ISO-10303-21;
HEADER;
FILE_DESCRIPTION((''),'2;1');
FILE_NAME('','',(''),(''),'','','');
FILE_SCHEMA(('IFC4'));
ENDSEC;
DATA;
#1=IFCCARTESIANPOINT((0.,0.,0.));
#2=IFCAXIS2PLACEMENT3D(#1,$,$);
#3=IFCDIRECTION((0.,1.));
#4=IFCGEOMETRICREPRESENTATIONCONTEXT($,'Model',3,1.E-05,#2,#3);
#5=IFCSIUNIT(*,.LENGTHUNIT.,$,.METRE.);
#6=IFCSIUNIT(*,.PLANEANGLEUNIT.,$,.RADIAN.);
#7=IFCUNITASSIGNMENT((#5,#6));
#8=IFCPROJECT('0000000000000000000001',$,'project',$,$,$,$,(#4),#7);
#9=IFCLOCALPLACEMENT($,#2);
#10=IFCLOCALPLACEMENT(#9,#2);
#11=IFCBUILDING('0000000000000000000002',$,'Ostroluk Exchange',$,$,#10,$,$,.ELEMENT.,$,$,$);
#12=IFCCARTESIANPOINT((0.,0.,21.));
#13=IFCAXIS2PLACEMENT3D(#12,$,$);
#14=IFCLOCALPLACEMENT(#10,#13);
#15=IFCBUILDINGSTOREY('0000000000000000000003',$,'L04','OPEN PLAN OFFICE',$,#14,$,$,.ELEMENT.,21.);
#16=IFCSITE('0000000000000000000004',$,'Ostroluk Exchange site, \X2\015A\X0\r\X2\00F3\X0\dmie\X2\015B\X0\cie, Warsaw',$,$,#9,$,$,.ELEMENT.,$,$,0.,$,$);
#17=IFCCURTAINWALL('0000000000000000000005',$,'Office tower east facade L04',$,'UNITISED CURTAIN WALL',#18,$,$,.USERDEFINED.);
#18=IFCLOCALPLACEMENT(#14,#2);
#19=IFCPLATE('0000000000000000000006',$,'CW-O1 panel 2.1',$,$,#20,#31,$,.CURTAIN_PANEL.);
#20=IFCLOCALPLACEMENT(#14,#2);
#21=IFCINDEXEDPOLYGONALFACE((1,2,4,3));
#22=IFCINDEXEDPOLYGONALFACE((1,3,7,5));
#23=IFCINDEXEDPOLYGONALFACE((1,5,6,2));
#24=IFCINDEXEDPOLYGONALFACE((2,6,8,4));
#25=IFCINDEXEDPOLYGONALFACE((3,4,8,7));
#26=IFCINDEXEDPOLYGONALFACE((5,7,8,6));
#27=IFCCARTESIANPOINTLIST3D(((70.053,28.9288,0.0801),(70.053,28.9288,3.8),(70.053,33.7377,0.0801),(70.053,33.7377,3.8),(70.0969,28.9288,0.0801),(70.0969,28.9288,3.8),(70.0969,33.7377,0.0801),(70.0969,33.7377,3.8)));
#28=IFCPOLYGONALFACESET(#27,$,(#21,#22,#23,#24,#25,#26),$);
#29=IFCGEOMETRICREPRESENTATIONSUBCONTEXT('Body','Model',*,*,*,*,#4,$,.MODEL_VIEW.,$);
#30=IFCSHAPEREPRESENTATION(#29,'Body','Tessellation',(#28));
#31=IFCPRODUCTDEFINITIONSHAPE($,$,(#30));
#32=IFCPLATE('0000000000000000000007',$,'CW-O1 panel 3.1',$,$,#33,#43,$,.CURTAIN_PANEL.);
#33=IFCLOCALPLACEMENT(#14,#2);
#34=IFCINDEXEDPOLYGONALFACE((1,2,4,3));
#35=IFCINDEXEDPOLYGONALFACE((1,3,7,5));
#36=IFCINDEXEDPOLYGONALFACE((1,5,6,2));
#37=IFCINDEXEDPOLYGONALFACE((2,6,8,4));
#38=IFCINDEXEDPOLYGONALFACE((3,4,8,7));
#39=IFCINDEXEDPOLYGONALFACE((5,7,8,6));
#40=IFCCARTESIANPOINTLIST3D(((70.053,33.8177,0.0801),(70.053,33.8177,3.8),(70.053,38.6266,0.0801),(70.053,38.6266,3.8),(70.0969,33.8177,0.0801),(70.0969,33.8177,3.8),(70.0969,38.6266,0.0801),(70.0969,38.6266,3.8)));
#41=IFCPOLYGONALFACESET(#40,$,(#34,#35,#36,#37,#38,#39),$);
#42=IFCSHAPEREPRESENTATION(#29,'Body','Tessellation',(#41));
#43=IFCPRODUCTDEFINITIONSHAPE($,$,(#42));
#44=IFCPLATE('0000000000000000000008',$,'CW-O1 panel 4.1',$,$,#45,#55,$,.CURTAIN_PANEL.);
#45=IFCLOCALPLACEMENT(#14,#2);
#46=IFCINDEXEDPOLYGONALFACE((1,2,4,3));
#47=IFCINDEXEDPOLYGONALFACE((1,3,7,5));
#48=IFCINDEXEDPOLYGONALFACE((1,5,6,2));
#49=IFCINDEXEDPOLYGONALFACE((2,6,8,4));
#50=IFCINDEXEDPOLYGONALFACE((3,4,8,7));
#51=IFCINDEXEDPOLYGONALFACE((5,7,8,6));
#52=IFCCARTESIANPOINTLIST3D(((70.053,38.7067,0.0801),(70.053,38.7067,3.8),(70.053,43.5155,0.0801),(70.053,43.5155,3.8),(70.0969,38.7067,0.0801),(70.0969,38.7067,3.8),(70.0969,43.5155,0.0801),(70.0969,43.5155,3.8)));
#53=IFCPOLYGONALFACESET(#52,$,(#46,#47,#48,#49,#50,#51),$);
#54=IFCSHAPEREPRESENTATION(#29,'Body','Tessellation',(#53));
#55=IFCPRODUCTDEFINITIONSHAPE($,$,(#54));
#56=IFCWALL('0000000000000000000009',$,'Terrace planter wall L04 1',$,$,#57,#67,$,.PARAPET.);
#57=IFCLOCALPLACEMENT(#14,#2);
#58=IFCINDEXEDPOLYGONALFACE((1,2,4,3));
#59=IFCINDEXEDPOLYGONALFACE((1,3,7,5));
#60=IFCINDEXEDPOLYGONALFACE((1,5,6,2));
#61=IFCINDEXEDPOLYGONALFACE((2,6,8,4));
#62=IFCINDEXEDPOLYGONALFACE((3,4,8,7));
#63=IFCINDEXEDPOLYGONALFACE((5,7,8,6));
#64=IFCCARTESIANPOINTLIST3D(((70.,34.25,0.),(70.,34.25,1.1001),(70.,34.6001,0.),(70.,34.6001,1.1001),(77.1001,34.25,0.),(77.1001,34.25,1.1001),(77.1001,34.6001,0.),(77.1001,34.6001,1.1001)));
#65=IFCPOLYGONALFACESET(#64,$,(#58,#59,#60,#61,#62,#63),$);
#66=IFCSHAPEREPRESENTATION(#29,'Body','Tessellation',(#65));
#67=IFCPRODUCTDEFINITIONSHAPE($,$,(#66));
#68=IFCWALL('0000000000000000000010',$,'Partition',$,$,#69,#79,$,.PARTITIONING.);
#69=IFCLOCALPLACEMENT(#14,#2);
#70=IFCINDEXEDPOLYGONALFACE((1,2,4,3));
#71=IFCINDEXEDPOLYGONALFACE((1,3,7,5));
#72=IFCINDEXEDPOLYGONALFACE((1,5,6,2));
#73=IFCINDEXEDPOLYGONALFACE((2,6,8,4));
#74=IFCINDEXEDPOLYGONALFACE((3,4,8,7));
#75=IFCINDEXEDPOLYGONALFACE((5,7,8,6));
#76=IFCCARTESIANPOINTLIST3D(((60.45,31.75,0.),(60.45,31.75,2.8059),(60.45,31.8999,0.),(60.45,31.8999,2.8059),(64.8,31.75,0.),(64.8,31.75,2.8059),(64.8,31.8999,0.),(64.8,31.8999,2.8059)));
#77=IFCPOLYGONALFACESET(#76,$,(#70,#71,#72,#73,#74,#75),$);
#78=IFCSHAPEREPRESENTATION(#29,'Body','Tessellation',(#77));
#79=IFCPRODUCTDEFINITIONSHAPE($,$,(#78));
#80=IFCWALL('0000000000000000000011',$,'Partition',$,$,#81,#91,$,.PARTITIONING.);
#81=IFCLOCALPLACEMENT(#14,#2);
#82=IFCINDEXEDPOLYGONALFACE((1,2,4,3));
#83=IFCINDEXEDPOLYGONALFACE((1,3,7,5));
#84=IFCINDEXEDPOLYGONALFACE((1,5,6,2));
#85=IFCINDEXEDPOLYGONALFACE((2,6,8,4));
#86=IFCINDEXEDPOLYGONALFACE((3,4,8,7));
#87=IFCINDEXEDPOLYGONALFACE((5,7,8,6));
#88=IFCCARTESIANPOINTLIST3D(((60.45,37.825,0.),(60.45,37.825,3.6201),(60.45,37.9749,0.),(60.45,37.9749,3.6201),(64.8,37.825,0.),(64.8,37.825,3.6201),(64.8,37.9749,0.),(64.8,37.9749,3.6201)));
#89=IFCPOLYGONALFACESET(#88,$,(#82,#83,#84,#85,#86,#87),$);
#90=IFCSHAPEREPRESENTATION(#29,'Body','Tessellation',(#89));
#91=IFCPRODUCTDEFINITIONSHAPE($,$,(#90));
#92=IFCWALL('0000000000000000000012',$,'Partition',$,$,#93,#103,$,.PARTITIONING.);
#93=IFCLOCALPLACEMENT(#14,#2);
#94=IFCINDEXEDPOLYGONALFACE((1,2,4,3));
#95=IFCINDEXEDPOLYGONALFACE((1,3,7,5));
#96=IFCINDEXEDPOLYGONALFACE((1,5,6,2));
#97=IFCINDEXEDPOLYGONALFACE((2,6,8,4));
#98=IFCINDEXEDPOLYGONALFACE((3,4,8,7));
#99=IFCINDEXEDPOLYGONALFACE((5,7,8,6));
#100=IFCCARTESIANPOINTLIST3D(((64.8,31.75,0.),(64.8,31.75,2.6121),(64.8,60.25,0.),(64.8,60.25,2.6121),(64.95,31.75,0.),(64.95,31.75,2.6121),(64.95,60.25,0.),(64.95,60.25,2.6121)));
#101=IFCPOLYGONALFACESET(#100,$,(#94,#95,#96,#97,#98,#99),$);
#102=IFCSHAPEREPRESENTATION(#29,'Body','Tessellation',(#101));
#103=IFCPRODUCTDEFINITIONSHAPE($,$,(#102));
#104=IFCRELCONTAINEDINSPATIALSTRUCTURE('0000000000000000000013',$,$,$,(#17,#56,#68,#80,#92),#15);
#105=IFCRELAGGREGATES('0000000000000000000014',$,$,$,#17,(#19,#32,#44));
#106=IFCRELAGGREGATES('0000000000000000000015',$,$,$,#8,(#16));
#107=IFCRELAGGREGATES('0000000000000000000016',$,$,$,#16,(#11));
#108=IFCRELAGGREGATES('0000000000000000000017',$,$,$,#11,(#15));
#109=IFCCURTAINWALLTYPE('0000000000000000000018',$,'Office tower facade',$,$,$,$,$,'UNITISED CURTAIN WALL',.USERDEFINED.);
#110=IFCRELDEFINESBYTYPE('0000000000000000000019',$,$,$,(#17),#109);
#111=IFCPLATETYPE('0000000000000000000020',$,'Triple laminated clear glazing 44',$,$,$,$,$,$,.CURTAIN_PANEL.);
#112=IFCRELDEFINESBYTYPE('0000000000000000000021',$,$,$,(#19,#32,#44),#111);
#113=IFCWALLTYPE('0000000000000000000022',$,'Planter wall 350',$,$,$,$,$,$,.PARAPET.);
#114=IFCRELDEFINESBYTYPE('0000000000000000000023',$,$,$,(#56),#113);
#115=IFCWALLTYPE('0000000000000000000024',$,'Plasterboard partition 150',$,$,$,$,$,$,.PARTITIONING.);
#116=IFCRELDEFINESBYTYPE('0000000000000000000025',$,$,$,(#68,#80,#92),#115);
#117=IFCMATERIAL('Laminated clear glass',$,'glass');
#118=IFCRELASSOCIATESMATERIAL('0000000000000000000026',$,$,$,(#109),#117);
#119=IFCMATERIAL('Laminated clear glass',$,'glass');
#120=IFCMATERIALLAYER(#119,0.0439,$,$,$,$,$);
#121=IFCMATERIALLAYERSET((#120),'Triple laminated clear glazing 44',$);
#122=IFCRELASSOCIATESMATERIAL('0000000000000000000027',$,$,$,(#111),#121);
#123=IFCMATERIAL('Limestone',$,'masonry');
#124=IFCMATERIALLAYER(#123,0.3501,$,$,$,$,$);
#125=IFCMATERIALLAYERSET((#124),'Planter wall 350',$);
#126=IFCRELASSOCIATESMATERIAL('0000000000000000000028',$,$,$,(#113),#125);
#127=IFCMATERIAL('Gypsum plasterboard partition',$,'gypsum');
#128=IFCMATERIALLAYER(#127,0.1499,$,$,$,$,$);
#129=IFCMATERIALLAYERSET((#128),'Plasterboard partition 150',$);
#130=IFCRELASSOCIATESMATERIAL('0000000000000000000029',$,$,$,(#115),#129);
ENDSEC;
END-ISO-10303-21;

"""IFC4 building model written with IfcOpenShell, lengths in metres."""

from ifc_helpers import new_model, si_unit, direction, frame, frame_2d, origin, origin_2d, place, context, subcontext, project, spatial, rectangle, extrude, material, layer, layer_set, type_object, element, aggregate, save


model = new_model("IFC4")

# Units and contexts
model_context = context("Model", 3, precision=1e-05, world=origin(), true_north=direction((0.0, 1.0)))
body_context = subcontext(model_context, "Body", "Model", "MODEL_VIEW")
ifc_project = project(units=[si_unit("LENGTHUNIT", "METRE"), si_unit("PLANEANGLEUNIT", "RADIAN")], contexts=[model_context])

# Site, building, storey
site_placement = place(None, origin())
site = spatial("IfcSite", under=ifc_project, at=site_placement, Name="Ostroluk Exchange site, Śródmieście, Warsaw", CompositionType="ELEMENT", RefElevation=0.0)
building_placement = place(site_placement, origin())
building = spatial("IfcBuilding", under=site, at=building_placement, Name="Ostroluk Exchange", CompositionType="ELEMENT")
storey_placement = place(building_placement, frame((0.0, 0.0, 21.0)))
storey = spatial("IfcBuildingStorey", under=building, at=storey_placement, Name="L04", Description="OPEN PLAN OFFICE", CompositionType="ELEMENT", Elevation=21.0)

# Curtain wall, plates
ifc_material_1 = material(Name="Laminated clear glass", Category="glass")
curtain_wall_type = type_object("IfcCurtainWallType", Name="Office tower facade", ElementType="UNITISED CURTAIN WALL", PredefinedType="USERDEFINED", material=ifc_material_1)
curtain_wall_placement = place(storey_placement, origin())
curtain_wall = element("IfcCurtainWall", 1, at=curtain_wall_placement, inside=storey, type_object=curtain_wall_type, Name="Office tower east facade L04", ObjectType="UNITISED CURTAIN WALL", PredefinedType="USERDEFINED")
ifc_material_2 = material(Name="Laminated clear glass", Category="glass")
ifc_layer_1 = layer(ifc_material_2, 0.0439)
ifc_layer_set_1 = layer_set([ifc_layer_1], Name="Triple laminated clear glazing 44")
plate_type = type_object("IfcPlateType", Name="Triple laminated clear glazing 44", PredefinedType="CURTAIN_PANEL", material=ifc_layer_set_1)
plate_1_placement = place(storey_placement, frame((70.075, 31.3333, 0.0801), z_axis=(0.0, 0.0, 1.0), x_axis=(0.0, 1.0, 0.0)))
plate_1 = element("IfcPlate", 2, at=plate_1_placement, type_object=plate_type, Name="CW-O1 panel 2.1", PredefinedType="CURTAIN_PANEL", context=body_context, shape_type="SweptSolid", body=[
    extrude(rectangle(XDim=4.8088, YDim=0.0439, at=origin_2d()), origin(), (0.0, 0.0, 1.0), 3.72),
])
plate_2_placement = place(storey_placement, frame((70.075, 36.2222, 0.0801), z_axis=(0.0, 0.0, 1.0), x_axis=(0.0, 1.0, 0.0)))
plate_2 = element("IfcPlate", 3, at=plate_2_placement, type_object=plate_type, Name="CW-O1 panel 3.1", PredefinedType="CURTAIN_PANEL", context=body_context, shape_type="SweptSolid", body=[
    extrude(rectangle(XDim=4.8088, YDim=0.0439, at=origin_2d()), origin(), (0.0, 0.0, 1.0), 3.72),
])
plate_3_placement = place(storey_placement, frame((70.075, 41.1111, 0.0801), z_axis=(0.0, 0.0, 1.0), x_axis=(0.0, 1.0, 0.0)))
plate_3 = element("IfcPlate", 4, at=plate_3_placement, type_object=plate_type, Name="CW-O1 panel 4.1", PredefinedType="CURTAIN_PANEL", context=body_context, shape_type="SweptSolid", body=[
    extrude(rectangle(XDim=4.8088, YDim=0.0439, at=origin_2d()), origin(), (0.0, 0.0, 1.0), 3.72),
])
aggregate(curtain_wall, [plate_1, plate_2, plate_3])

# Walls
ifc_material_3 = material(Name="Limestone", Category="masonry")
ifc_layer_2 = layer(ifc_material_3, 0.3501)
ifc_layer_set_2 = layer_set([ifc_layer_2], Name="Planter wall 350")
wall_type_1 = type_object("IfcWallType", Name="Planter wall 350", PredefinedType="PARAPET", material=ifc_layer_set_2)
wall_1_placement = place(storey_placement, frame((70.0, 34.425, 0.0), z_axis=(0.0, 0.0, 1.0), x_axis=(1.0, 0.0, 0.0)))
element("IfcWall", 5, at=wall_1_placement, inside=storey, type_object=wall_type_1, Name="Terrace planter wall L04 1", PredefinedType="PARAPET", context=body_context, shape_type="SweptSolid", body=[
    extrude(rectangle(XDim=7.1001, YDim=0.3501, at=frame_2d((3.55, 0.0))), origin(), (0.0, 0.0, 1.0), 1.1001),
])
ifc_material_4 = material(Name="Gypsum plasterboard partition", Category="gypsum")
ifc_layer_3 = layer(ifc_material_4, 0.1499)
ifc_layer_set_3 = layer_set([ifc_layer_3], Name="Plasterboard partition 150")
wall_type_2 = type_object("IfcWallType", Name="Plasterboard partition 150", PredefinedType="PARTITIONING", material=ifc_layer_set_3)
wall_2_placement = place(storey_placement, frame((60.45, 31.825, 0.0), z_axis=(0.0, 0.0, 1.0), x_axis=(1.0, 0.0, 0.0)))
element("IfcWall", 6, at=wall_2_placement, inside=storey, type_object=wall_type_2, Name="Partition", PredefinedType="PARTITIONING", context=body_context, shape_type="SweptSolid", body=[
    extrude(rectangle(XDim=4.3501, YDim=0.1499, at=frame_2d((2.175, 0.0))), origin(), (0.0, 0.0, 1.0), 2.8059),
])
wall_3_placement = place(storey_placement, frame((60.45, 37.8999, 0.0), z_axis=(0.0, 0.0, 1.0), x_axis=(1.0, 0.0, 0.0)))
element("IfcWall", 7, at=wall_3_placement, inside=storey, type_object=wall_type_2, Name="Partition", PredefinedType="PARTITIONING", context=body_context, shape_type="SweptSolid", body=[
    extrude(rectangle(XDim=4.3501, YDim=0.1499, at=frame_2d((2.175, 0.0))), origin(), (0.0, 0.0, 1.0), 3.6201),
])
wall_4_placement = place(storey_placement, frame((64.875, 31.75, 0.0), z_axis=(0.0, 0.0, 1.0), x_axis=(0.0, 1.0, 0.0)))
element("IfcWall", 8, at=wall_4_placement, inside=storey, type_object=wall_type_2, Name="Partition", PredefinedType="PARTITIONING", context=body_context, shape_type="SweptSolid", body=[
    extrude(rectangle(XDim=28.5, YDim=0.1499, at=frame_2d((14.25, 0.0))), origin(), (0.0, 0.0, 1.0), 2.6121),
])

save(model, "model.ifc")
